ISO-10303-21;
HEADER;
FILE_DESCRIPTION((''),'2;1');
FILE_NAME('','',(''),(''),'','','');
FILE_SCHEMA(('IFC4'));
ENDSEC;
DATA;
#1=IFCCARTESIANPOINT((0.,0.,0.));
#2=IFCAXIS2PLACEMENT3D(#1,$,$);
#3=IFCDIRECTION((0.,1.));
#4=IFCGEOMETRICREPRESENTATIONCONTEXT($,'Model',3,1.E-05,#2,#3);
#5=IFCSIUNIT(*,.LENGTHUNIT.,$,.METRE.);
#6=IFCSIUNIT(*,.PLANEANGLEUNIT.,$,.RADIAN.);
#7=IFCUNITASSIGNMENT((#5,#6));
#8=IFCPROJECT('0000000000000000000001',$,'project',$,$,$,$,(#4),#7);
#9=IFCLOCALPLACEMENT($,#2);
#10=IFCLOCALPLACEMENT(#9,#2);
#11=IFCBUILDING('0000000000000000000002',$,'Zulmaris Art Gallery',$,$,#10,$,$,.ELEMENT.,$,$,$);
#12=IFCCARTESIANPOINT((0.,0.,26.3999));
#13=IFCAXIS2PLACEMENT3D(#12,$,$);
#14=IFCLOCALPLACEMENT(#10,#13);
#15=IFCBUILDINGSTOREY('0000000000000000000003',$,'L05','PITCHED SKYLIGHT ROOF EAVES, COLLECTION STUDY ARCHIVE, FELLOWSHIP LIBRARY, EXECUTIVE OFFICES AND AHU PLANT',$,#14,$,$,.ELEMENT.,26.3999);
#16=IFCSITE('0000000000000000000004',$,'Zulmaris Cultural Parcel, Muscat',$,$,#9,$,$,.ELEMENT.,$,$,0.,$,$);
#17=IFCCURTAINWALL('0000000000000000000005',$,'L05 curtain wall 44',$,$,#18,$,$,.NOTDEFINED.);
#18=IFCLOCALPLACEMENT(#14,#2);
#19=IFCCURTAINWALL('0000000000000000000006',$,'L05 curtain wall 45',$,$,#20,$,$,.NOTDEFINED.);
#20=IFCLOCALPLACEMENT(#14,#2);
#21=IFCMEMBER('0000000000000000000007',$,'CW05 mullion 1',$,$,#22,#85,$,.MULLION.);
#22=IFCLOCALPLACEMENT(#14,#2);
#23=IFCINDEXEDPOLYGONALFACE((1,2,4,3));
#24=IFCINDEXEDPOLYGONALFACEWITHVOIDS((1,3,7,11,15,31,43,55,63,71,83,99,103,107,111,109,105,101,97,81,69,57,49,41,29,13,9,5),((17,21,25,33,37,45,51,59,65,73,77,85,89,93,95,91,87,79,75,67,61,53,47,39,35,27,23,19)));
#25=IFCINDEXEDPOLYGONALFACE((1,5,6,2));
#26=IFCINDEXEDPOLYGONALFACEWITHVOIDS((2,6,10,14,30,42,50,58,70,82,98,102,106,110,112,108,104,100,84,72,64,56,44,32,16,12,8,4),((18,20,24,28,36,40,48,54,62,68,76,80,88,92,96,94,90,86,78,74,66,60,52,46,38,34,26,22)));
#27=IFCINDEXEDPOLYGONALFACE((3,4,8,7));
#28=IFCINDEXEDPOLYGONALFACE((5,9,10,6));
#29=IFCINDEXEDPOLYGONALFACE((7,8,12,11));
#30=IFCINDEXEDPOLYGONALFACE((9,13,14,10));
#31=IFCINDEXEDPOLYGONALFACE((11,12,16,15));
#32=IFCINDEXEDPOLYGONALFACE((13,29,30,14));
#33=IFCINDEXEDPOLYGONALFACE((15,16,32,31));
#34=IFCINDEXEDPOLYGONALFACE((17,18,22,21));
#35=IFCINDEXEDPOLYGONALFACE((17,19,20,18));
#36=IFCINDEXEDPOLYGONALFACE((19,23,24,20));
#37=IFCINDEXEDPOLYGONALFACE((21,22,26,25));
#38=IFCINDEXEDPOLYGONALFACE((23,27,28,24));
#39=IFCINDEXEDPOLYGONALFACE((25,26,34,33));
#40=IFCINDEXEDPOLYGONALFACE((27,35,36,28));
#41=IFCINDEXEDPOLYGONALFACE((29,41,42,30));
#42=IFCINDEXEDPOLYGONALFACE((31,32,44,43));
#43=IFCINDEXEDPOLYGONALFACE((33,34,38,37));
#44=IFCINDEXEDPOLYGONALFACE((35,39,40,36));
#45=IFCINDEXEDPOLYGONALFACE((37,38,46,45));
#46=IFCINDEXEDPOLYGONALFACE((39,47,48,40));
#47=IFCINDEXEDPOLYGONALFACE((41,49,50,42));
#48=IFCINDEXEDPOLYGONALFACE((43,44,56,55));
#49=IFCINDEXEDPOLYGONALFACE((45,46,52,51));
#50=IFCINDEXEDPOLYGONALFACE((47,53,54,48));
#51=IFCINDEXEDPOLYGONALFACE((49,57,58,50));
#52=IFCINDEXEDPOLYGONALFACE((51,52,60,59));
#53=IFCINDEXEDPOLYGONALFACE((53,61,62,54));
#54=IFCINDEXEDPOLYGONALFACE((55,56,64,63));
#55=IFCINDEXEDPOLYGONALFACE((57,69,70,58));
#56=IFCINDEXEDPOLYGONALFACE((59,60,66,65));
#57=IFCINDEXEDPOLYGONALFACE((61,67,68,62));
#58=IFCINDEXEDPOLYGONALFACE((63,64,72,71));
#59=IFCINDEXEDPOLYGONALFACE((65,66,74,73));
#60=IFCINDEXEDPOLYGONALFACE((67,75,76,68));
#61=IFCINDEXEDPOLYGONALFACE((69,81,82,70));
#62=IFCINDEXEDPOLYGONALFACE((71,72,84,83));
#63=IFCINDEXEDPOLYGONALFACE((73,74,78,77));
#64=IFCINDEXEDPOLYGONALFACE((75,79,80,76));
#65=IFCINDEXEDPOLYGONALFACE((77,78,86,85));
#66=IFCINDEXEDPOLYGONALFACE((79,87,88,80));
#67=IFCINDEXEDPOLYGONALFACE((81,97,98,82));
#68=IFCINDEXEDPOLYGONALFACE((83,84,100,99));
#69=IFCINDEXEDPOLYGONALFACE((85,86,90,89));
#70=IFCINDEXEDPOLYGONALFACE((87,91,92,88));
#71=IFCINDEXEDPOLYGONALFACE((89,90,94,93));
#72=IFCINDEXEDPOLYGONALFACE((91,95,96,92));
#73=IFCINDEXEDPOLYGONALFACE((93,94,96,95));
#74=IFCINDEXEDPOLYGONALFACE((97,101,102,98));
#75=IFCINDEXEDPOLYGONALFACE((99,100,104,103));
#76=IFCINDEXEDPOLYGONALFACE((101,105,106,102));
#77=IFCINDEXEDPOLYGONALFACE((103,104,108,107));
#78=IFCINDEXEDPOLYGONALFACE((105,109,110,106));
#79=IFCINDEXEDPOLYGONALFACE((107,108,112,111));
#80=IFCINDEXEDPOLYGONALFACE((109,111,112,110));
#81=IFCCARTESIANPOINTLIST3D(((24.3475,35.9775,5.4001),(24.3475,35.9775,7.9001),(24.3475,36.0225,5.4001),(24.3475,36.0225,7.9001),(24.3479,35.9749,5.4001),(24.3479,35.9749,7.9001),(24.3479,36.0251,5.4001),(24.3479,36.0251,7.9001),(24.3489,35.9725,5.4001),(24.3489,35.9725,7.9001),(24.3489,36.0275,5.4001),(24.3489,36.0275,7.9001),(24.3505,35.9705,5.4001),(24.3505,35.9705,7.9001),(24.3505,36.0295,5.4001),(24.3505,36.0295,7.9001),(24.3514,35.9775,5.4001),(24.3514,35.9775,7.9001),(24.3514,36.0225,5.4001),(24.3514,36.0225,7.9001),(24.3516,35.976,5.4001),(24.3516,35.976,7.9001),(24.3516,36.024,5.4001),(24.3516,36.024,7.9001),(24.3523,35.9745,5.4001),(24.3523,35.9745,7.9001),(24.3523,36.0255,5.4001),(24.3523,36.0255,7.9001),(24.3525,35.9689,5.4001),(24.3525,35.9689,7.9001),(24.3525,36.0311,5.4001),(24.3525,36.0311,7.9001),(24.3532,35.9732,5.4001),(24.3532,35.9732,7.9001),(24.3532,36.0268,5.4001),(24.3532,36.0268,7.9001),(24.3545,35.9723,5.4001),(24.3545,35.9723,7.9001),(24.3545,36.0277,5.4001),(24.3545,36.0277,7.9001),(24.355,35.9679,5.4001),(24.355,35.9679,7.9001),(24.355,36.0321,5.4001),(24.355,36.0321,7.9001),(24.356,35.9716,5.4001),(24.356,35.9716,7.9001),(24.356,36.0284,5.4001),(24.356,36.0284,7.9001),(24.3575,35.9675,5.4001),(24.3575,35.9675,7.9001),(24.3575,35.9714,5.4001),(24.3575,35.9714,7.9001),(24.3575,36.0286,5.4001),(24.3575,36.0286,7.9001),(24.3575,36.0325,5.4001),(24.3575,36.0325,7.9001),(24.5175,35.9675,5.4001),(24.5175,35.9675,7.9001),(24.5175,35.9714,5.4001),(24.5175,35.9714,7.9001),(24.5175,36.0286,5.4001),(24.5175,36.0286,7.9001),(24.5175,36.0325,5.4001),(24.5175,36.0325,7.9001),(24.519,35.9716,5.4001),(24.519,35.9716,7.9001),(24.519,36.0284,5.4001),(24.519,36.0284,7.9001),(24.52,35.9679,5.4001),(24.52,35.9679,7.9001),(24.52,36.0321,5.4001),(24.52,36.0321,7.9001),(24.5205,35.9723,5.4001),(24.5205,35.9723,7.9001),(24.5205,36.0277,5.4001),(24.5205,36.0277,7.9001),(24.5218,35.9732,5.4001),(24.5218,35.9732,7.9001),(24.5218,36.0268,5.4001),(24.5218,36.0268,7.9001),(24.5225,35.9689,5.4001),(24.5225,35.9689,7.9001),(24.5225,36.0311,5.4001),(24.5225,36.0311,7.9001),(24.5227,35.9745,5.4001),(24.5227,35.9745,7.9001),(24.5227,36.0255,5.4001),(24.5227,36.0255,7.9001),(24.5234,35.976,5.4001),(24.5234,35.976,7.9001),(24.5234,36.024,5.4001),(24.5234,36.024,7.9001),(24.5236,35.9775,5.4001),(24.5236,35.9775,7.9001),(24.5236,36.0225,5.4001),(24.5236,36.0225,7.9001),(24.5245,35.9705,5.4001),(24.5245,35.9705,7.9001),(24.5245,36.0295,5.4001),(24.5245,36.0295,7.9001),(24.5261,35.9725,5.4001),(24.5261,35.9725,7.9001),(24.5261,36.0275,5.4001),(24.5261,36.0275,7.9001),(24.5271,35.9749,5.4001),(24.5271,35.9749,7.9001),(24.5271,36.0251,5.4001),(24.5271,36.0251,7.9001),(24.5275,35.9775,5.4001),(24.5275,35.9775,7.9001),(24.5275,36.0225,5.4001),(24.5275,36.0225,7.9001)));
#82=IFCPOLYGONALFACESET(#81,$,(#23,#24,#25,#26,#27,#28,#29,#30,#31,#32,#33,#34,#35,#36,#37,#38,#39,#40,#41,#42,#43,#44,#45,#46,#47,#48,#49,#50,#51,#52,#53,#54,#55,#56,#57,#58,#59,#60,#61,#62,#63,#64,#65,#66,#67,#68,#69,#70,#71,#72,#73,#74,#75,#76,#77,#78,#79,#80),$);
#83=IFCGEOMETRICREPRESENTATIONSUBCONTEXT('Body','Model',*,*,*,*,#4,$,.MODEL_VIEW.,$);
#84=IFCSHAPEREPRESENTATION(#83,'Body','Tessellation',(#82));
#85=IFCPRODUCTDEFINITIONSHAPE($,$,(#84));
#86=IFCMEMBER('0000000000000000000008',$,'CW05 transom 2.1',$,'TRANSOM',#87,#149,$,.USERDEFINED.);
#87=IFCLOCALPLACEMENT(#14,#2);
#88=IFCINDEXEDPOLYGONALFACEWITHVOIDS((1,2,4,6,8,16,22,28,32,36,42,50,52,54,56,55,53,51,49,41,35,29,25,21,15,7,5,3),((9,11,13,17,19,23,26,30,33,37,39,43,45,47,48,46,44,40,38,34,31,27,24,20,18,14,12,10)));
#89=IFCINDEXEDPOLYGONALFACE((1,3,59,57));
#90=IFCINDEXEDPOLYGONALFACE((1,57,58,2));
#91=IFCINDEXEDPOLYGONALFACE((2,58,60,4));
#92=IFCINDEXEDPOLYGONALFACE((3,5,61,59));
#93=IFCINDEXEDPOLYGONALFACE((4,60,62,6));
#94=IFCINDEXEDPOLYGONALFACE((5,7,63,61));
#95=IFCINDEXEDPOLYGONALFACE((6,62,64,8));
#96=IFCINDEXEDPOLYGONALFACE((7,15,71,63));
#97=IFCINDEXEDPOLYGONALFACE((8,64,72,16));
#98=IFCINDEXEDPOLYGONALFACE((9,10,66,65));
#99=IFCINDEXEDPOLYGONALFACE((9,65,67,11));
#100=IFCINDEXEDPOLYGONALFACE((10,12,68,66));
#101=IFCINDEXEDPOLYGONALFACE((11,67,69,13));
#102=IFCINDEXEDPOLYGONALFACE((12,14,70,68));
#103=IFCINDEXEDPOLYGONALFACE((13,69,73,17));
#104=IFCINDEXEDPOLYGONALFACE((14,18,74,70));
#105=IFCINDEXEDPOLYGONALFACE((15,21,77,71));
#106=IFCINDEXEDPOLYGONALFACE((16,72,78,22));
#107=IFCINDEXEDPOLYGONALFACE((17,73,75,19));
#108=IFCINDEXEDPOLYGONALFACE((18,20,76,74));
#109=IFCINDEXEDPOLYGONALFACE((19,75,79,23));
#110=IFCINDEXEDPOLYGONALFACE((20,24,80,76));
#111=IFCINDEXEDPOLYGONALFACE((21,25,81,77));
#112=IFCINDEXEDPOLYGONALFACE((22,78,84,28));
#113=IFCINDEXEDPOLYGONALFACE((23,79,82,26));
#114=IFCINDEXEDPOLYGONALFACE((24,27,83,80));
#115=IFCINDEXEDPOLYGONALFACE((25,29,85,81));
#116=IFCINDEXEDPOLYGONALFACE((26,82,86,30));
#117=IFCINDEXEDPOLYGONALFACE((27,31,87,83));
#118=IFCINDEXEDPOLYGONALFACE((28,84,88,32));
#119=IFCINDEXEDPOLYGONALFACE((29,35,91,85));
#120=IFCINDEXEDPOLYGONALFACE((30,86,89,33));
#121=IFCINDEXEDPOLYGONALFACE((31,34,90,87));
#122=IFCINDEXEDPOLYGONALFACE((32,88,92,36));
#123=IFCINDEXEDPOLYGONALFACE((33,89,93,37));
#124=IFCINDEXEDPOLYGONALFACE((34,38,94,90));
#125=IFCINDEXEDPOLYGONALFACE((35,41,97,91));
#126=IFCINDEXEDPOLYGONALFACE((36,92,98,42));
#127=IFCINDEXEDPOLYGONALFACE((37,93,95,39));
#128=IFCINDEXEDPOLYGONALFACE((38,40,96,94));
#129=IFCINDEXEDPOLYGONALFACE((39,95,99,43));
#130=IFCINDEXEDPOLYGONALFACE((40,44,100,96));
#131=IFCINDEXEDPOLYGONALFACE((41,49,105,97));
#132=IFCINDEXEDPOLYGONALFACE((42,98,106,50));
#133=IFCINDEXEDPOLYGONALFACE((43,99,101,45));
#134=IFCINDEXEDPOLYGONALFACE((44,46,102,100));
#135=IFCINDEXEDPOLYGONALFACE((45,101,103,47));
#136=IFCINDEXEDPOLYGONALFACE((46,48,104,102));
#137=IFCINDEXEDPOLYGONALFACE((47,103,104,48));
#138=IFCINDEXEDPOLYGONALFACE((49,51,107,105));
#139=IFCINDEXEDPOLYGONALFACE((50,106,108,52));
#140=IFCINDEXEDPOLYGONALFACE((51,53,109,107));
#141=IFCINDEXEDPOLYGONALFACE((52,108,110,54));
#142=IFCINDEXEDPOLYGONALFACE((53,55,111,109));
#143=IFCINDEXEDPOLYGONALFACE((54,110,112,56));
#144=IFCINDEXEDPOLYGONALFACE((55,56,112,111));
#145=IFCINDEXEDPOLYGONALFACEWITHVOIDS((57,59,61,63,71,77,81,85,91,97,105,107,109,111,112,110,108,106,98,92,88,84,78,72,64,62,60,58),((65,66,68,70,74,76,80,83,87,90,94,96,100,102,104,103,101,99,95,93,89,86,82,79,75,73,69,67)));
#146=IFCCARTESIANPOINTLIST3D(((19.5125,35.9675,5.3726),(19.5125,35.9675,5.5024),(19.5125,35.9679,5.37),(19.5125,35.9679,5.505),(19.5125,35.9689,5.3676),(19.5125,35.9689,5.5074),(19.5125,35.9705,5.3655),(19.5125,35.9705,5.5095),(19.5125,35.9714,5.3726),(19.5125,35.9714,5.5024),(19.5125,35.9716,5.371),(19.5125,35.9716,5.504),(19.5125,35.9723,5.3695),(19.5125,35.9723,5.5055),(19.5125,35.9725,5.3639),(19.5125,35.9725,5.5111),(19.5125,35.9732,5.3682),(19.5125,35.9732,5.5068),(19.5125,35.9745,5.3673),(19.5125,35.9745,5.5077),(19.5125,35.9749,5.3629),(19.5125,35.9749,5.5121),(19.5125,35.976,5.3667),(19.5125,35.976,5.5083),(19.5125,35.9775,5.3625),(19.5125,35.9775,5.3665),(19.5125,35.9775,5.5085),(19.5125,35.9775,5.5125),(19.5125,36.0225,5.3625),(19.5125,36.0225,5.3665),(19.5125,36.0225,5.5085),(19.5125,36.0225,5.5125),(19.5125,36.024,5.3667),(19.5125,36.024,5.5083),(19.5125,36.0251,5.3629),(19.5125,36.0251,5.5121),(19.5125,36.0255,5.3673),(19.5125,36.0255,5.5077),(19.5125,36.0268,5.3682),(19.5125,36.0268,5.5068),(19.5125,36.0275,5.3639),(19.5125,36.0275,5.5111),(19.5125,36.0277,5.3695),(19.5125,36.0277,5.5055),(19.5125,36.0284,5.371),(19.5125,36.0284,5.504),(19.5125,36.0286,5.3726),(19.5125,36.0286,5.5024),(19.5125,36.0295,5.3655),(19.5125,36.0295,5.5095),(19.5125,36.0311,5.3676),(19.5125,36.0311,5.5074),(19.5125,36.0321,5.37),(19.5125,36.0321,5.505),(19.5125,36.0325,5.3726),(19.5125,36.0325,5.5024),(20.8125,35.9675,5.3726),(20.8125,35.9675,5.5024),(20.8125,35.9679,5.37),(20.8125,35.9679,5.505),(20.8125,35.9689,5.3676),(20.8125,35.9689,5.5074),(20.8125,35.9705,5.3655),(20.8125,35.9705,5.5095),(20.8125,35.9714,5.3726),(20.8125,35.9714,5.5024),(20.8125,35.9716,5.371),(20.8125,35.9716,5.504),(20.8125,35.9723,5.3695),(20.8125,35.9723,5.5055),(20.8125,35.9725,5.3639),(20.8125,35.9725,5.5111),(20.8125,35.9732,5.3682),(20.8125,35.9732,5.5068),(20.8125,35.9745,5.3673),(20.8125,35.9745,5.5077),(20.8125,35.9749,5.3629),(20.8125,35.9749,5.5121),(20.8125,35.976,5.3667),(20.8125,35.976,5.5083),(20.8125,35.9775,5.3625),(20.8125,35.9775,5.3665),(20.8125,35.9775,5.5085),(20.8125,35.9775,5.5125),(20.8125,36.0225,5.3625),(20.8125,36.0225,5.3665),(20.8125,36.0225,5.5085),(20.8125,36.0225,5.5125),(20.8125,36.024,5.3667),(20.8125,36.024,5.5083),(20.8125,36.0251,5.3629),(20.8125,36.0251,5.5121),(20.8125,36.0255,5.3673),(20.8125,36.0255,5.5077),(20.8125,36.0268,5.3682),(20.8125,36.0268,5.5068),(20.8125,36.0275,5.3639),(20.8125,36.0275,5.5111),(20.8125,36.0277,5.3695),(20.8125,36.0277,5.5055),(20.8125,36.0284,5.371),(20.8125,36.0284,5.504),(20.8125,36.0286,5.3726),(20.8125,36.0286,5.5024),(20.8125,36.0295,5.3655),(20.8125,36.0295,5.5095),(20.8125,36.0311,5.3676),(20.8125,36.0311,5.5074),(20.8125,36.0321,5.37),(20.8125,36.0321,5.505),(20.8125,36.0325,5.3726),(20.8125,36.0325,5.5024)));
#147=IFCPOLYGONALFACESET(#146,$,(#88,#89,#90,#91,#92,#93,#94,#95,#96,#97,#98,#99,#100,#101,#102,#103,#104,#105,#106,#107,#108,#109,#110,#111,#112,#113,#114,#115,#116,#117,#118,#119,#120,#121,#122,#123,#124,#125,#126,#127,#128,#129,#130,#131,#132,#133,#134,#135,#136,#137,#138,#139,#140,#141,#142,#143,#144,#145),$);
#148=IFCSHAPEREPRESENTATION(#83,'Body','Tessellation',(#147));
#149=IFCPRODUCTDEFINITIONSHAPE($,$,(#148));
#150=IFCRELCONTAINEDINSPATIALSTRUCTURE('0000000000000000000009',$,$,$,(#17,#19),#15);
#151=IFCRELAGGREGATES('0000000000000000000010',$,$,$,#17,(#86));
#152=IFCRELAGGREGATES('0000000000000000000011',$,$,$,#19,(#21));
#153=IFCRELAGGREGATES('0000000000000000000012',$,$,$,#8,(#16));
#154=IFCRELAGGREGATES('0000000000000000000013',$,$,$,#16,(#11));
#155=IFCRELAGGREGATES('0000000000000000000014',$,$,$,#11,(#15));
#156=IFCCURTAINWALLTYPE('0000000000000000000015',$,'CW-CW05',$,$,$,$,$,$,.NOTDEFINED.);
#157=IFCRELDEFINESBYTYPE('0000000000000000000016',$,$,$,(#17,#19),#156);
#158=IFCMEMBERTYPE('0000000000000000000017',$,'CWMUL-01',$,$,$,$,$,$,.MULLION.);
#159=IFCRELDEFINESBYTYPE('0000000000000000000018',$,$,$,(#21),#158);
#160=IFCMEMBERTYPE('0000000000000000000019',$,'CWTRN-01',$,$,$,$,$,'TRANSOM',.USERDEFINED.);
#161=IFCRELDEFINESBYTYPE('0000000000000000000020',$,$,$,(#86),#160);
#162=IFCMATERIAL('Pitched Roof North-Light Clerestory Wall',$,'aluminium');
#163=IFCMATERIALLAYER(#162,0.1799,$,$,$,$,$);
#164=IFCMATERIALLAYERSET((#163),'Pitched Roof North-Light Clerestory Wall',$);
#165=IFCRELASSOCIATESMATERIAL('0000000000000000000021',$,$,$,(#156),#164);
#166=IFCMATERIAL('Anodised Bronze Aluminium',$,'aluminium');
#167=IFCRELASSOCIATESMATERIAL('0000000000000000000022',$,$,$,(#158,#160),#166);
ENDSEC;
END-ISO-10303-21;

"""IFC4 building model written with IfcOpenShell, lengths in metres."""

from ifc_helpers import new_model, si_unit, direction, frame, origin, origin_2d, place, context, subcontext, project, spatial, hollow_rectangle, extrude, material, layer, layer_set, material_profile, profile_set, type_object, element, aggregate, save


model = new_model("IFC4")

# Units and contexts
model_context = context("Model", 3, precision=1e-05, world=origin(), true_north=direction((0.0, 1.0)))
body_context = subcontext(model_context, "Body", "Model", "MODEL_VIEW")
ifc_project = project(units=[si_unit("LENGTHUNIT", "METRE"), si_unit("PLANEANGLEUNIT", "RADIAN")], contexts=[model_context])

# Site, building, storey
site_placement = place(None, origin())
site = spatial("IfcSite", under=ifc_project, at=site_placement, Name="Zulmaris Cultural Parcel, Muscat", CompositionType="ELEMENT", RefElevation=0.0)
building_placement = place(site_placement, origin())
building = spatial("IfcBuilding", under=site, at=building_placement, Name="Zulmaris Art Gallery", CompositionType="ELEMENT")
storey_placement = place(building_placement, frame((0.0, 0.0, 26.3999)))
storey = spatial("IfcBuildingStorey", under=building, at=storey_placement, Name="L05", Description="PITCHED SKYLIGHT ROOF EAVES, COLLECTION STUDY ARCHIVE, FELLOWSHIP LIBRARY, EXECUTIVE OFFICES AND AHU PLANT", CompositionType="ELEMENT", Elevation=26.3999)

# Curtain wall
ifc_material_1 = material(Name="Pitched Roof North-Light Clerestory Wall", Category="aluminium")
ifc_layer_1 = layer(ifc_material_1, 0.1799)
ifc_layer_set_1 = layer_set([ifc_layer_1], Name="Pitched Roof North-Light Clerestory Wall")
curtain_wall_type = type_object("IfcCurtainWallType", Name="CW-CW05", PredefinedType="NOTDEFINED", material=ifc_layer_set_1)
curtain_wall_1_placement = place(storey_placement, origin())
curtain_wall_1 = element("IfcCurtainWall", 1, at=curtain_wall_1_placement, inside=storey, type_object=curtain_wall_type, Name="L05 curtain wall 44", PredefinedType="NOTDEFINED")
ifc_material_2 = material(Name="Anodised Bronze Aluminium", Category="aluminium")
ifc_material_profile_1 = material_profile(ifc_material_2, hollow_rectangle(XDim=0.0649, YDim=0.1799, WallThickness=0.0039, InnerFilletRadius=0.0061, OuterFilletRadius=0.01, at=origin_2d()), Name="ALU 65x180x4")
ifc_profile_set_1 = profile_set([ifc_material_profile_1], Name="Anodised Bronze Aluminium")
member_type_1 = type_object("IfcMemberType", Name="CWMUL-01", PredefinedType="MULLION", material=ifc_profile_set_1)

# Curtain wall, member
curtain_wall_2_placement = place(storey_placement, origin())
curtain_wall_2 = element("IfcCurtainWall", 2, at=curtain_wall_2_placement, inside=storey, type_object=curtain_wall_type, Name="L05 curtain wall 45", PredefinedType="NOTDEFINED")
member_1_placement = place(storey_placement, frame((24.4375, 36.0, 5.4001), z_axis=(0.0, 0.0, 1.0), x_axis=(0.0, 1.0, 0.0)))
member_1 = element("IfcMember", 3, at=member_1_placement, type_object=member_type_1, Name="CW05 mullion 1", PredefinedType="MULLION", context=body_context, shape_type="SweptSolid", body=[
    extrude(hollow_rectangle(XDim=0.0649, YDim=0.1799, WallThickness=0.0039, InnerFilletRadius=0.0061, OuterFilletRadius=0.01, at=origin_2d()), origin(), (0.0, 0.0, 1.0), 2.5),
])

# Member
ifc_material_profile_2 = material_profile(ifc_material_2, hollow_rectangle(XDim=0.0649, YDim=0.1499, WallThickness=0.0039, InnerFilletRadius=0.0061, OuterFilletRadius=0.01, at=origin_2d()), Name="ALU 65x150x4")
ifc_profile_set_2 = profile_set([ifc_material_profile_2], Name="Anodised Bronze Aluminium")
member_type_2 = type_object("IfcMemberType", Name="CWTRN-01", ElementType="TRANSOM", PredefinedType="USERDEFINED", material=ifc_profile_set_2)
member_2_placement = place(storey_placement, frame((19.5125, 36.0, 5.4375), z_axis=(1.0, 0.0, 0.0), x_axis=(0.0, 1.0, 0.0)))
member_2 = element("IfcMember", 4, at=member_2_placement, type_object=member_type_2, Name="CW05 transom 2.1", ObjectType="TRANSOM", PredefinedType="USERDEFINED", context=body_context, shape_type="SweptSolid", body=[
    extrude(hollow_rectangle(XDim=0.0649, YDim=0.1499, WallThickness=0.0039, InnerFilletRadius=0.0061, OuterFilletRadius=0.01, at=origin_2d()), origin(), (0.0, 0.0, 1.0), 1.3),
])

aggregate(curtain_wall_1, [member_2])
aggregate(curtain_wall_2, [member_1])

save(model, "model.ifc")
